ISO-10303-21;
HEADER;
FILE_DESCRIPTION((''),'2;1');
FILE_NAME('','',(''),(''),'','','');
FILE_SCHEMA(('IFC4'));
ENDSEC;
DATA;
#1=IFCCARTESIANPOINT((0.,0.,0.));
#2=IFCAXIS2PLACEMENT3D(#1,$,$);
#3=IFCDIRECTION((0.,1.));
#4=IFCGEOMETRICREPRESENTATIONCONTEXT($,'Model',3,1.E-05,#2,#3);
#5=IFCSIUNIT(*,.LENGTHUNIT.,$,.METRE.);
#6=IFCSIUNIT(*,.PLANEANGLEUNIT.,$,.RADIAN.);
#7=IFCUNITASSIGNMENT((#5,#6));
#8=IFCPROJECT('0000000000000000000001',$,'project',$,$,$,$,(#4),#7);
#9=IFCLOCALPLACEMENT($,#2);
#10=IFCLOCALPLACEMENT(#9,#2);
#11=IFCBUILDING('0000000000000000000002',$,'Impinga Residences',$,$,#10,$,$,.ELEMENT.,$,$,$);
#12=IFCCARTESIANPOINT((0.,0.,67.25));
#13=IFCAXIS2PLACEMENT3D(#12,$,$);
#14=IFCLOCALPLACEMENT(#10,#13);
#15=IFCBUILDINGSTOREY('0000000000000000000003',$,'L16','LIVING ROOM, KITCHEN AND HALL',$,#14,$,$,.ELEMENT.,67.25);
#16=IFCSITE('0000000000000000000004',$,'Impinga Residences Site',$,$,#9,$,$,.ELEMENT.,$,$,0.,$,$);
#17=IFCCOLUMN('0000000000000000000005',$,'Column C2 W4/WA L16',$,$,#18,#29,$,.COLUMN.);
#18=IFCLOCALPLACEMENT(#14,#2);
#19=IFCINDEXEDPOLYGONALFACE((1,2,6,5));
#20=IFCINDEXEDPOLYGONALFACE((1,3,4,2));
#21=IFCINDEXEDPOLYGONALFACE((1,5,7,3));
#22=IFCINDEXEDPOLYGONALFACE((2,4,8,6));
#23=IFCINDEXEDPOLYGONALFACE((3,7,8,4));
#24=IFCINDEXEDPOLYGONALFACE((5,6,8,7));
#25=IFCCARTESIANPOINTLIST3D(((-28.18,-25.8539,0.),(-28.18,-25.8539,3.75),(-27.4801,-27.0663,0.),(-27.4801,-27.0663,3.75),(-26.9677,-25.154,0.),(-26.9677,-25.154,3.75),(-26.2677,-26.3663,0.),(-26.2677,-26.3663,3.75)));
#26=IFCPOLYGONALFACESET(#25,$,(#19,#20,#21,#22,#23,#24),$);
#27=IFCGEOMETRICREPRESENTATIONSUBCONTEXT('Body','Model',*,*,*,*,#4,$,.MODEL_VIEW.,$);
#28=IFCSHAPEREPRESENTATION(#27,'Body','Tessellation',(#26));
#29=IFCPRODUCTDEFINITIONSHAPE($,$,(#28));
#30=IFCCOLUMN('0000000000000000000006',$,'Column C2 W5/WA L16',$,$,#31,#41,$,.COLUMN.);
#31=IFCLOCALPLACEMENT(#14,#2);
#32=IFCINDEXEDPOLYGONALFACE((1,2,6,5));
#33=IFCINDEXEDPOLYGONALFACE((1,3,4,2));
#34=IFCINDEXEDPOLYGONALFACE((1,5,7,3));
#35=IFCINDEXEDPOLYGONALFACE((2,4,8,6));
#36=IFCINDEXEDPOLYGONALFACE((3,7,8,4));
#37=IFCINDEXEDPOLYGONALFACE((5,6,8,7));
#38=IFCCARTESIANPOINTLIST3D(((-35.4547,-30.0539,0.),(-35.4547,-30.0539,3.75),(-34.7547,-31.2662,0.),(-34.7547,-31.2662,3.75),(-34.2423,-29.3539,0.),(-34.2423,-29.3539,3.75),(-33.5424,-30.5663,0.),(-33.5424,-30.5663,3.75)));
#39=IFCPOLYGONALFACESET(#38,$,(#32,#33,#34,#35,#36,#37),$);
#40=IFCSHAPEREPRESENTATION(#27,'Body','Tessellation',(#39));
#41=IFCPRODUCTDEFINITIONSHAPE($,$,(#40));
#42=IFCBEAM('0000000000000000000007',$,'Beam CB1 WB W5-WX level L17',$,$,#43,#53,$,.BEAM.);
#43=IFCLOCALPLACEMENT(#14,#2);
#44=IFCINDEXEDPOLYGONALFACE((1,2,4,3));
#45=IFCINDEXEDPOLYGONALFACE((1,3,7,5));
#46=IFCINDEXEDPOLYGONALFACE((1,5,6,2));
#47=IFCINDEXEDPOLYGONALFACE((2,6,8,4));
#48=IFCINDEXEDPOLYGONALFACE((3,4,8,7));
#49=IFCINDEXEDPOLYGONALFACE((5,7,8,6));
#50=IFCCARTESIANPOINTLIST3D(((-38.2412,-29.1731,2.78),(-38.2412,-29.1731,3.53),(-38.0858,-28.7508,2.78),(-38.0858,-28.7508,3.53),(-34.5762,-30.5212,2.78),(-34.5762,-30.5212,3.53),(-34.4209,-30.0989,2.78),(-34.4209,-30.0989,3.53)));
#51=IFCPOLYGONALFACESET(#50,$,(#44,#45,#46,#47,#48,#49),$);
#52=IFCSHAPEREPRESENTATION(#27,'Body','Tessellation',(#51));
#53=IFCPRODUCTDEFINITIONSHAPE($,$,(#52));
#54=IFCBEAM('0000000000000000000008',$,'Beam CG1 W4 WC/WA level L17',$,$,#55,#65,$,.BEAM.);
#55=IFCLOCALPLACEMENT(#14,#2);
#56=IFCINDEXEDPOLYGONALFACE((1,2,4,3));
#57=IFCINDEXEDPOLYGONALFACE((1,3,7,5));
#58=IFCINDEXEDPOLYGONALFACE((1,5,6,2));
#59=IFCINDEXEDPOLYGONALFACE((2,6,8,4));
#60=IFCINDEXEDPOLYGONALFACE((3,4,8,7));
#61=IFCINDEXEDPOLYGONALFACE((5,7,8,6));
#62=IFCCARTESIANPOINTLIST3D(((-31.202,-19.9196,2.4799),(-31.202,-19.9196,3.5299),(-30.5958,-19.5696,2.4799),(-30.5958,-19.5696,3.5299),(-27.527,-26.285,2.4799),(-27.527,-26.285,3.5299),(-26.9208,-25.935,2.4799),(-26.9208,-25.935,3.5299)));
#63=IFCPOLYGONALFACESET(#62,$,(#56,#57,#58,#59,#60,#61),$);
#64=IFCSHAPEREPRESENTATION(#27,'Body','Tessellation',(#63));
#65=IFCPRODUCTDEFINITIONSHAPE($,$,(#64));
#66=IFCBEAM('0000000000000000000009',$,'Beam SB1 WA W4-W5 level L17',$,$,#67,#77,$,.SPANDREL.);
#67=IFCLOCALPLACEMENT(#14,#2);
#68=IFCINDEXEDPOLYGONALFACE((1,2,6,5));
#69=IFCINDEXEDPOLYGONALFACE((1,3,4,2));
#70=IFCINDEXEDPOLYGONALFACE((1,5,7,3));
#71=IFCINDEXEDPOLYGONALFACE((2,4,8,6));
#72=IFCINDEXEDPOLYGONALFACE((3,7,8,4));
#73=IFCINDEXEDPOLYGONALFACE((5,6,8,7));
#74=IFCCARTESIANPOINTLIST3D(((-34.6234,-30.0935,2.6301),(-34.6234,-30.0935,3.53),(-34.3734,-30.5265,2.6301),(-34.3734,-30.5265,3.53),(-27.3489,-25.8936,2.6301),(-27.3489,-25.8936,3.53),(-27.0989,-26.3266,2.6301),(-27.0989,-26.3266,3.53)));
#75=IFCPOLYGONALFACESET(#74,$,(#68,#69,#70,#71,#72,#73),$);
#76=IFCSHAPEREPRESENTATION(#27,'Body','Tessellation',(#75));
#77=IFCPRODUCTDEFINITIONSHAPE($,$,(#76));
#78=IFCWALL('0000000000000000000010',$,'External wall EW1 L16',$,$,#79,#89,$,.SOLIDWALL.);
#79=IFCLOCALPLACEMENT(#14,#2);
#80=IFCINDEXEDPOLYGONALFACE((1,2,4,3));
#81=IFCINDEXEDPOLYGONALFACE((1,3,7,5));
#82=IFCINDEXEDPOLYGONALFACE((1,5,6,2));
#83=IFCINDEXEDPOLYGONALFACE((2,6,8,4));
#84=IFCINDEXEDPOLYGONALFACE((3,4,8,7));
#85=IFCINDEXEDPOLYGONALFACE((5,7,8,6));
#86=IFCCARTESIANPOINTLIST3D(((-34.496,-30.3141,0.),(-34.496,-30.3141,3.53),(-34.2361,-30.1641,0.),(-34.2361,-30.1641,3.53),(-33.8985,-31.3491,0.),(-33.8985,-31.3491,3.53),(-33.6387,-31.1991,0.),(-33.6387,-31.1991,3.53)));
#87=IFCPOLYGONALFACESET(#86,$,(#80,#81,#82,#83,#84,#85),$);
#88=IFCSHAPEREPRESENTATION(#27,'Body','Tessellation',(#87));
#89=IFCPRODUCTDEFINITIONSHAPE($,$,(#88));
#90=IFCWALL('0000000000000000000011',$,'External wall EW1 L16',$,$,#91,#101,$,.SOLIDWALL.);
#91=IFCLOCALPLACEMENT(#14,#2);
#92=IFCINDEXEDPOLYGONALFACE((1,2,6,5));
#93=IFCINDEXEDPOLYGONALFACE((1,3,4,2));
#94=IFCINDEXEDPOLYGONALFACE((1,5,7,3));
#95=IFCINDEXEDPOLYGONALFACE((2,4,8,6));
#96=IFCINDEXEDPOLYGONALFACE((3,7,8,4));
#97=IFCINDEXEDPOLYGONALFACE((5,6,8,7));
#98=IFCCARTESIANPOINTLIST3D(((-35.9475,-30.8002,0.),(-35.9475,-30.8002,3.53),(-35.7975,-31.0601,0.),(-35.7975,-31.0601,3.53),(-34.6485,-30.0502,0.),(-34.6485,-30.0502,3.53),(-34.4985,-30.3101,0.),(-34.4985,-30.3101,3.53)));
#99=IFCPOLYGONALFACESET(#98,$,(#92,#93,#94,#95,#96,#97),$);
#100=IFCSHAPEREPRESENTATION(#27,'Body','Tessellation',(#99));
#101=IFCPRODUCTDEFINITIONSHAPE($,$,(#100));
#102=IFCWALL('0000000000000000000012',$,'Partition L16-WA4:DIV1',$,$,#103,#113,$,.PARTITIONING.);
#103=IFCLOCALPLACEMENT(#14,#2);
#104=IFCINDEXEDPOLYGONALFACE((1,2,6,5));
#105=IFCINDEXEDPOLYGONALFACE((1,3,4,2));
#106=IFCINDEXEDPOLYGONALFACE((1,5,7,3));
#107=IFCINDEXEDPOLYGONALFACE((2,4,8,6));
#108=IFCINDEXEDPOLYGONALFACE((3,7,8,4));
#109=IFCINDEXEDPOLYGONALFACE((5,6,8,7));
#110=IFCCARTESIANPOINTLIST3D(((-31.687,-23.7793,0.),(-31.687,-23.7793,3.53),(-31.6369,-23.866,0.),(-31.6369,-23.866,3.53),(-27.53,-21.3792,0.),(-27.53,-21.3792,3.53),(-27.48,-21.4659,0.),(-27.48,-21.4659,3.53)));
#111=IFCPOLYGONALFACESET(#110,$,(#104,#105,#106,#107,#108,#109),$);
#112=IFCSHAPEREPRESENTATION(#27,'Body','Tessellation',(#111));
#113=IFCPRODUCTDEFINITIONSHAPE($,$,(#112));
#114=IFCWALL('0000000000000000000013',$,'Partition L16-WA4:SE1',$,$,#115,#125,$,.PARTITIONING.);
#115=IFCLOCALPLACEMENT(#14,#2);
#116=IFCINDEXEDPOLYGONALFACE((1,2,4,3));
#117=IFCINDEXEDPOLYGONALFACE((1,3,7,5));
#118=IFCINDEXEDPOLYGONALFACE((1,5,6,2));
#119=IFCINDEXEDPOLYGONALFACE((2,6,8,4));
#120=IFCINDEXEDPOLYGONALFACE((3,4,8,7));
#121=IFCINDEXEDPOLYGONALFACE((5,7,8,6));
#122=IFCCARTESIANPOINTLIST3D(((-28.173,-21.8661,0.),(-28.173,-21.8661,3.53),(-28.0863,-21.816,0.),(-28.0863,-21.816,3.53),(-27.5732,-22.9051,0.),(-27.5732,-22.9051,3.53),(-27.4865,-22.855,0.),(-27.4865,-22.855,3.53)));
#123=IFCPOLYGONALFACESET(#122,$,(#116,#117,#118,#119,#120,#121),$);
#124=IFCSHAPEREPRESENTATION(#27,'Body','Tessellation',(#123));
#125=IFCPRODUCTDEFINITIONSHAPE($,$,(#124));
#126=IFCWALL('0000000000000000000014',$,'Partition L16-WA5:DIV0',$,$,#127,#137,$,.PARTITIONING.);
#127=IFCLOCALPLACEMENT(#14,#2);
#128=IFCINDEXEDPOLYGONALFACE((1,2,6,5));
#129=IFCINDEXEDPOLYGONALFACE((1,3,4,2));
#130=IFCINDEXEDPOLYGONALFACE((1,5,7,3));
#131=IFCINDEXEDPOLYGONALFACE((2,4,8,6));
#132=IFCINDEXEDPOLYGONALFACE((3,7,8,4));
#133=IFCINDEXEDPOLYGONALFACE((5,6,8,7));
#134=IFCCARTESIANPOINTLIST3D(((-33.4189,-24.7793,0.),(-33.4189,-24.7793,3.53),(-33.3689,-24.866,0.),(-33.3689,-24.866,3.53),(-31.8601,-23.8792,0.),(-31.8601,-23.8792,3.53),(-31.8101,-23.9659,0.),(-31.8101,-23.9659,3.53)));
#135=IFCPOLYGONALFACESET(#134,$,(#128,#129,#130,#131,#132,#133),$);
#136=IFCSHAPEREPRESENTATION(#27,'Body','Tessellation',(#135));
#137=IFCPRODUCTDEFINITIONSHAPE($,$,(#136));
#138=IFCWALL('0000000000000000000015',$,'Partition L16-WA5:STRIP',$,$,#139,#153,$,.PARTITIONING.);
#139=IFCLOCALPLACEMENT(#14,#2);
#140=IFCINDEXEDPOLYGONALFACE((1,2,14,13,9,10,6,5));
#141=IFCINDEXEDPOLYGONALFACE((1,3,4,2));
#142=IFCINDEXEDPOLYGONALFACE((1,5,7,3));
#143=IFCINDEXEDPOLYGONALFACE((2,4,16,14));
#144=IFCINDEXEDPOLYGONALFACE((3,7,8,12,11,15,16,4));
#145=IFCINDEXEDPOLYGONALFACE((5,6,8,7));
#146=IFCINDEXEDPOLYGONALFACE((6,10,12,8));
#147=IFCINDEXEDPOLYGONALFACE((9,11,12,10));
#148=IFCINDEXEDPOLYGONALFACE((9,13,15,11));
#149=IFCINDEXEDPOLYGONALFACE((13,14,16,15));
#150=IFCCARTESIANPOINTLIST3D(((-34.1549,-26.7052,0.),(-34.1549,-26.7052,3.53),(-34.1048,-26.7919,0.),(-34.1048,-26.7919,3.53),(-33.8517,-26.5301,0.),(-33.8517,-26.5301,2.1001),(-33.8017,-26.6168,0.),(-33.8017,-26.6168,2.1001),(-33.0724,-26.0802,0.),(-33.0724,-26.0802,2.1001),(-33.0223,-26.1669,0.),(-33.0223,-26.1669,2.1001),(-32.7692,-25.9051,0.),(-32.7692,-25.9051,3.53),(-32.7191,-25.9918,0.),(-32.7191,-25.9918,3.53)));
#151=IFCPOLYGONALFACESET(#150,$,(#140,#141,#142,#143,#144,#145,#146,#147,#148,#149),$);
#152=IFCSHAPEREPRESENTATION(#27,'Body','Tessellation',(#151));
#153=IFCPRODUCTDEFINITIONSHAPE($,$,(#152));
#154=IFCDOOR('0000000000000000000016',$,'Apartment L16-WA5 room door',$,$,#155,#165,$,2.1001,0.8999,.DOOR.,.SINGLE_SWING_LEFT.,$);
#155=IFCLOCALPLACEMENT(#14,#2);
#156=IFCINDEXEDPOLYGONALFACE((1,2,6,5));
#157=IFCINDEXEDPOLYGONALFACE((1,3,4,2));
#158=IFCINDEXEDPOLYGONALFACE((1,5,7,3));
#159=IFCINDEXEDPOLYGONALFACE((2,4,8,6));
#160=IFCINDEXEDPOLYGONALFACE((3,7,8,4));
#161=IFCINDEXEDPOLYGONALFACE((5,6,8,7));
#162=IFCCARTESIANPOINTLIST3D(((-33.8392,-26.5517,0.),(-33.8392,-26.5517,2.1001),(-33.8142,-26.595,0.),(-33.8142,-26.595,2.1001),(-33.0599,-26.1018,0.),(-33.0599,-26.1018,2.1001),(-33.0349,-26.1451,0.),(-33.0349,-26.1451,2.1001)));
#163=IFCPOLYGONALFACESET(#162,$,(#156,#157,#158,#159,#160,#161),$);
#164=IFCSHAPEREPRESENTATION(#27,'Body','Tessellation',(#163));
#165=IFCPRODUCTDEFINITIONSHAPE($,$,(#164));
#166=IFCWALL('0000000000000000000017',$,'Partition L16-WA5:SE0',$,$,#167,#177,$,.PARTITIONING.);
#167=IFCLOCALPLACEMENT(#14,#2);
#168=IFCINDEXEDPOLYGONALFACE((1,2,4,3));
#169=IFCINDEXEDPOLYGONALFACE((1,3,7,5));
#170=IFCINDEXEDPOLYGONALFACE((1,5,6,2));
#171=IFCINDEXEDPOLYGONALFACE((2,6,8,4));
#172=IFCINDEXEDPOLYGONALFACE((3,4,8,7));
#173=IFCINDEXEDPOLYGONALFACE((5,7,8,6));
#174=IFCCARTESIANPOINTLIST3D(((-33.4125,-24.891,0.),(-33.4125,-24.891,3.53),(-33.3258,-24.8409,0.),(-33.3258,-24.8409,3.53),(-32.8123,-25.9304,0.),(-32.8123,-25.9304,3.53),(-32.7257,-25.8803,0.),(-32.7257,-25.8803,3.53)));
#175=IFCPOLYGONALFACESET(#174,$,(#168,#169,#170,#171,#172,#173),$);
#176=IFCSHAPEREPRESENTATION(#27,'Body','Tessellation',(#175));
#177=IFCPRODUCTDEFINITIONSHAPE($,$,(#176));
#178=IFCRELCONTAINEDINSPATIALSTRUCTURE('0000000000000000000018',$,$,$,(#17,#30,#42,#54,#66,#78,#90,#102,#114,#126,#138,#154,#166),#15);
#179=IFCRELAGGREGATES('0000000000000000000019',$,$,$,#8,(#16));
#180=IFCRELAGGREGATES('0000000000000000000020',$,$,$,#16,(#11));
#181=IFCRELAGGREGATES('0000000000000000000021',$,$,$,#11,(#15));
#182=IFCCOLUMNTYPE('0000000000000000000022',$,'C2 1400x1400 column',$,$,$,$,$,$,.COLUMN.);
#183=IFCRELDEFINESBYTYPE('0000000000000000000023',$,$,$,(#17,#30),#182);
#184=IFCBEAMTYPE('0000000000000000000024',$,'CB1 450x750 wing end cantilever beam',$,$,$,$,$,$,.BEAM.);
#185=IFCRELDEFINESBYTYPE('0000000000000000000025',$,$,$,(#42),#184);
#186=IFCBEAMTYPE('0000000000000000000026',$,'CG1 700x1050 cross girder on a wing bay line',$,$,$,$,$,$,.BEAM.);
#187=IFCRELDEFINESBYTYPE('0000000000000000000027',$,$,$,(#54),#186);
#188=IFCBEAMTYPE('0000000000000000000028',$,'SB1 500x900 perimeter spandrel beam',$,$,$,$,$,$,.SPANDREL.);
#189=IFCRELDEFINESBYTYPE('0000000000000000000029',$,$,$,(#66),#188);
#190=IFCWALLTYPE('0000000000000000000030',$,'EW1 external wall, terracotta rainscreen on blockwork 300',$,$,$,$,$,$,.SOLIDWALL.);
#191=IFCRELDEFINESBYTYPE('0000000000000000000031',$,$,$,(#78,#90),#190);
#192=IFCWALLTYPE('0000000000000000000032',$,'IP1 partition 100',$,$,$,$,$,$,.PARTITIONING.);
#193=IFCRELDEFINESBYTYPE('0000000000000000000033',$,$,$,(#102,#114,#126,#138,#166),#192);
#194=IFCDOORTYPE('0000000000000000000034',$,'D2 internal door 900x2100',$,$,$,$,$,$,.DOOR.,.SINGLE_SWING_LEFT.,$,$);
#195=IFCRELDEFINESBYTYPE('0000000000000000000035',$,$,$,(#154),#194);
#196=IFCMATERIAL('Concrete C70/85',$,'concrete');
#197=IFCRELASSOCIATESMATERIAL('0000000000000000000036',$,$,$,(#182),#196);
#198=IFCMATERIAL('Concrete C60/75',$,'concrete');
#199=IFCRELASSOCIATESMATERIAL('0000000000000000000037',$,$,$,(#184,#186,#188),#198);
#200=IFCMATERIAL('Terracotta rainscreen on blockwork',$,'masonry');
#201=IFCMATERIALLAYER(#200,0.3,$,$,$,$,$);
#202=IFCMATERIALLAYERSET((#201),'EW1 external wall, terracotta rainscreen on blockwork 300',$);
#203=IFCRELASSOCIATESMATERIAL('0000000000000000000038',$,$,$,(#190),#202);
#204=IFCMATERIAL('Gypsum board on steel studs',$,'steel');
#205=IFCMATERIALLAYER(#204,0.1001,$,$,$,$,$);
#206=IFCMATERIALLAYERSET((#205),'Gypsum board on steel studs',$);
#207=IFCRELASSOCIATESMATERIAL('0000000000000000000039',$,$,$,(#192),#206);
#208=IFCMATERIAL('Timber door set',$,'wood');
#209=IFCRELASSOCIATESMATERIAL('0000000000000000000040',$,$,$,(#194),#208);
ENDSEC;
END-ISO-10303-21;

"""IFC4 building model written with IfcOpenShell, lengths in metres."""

from ifc_helpers import new_model, si_unit, direction, frame, frame_2d, origin, origin_2d, place, context, subcontext, project, spatial, rectangle, extrude, material, layer, layer_set, material_profile, profile_set, type_object, element, fill, save


model = new_model("IFC4")

# Units and contexts
model_context = context("Model", 3, precision=1e-05, world=origin(), true_north=direction((0.0, 1.0)))
body_context = subcontext(model_context, "Body", "Model", "MODEL_VIEW")
ifc_project = project(units=[si_unit("LENGTHUNIT", "METRE"), si_unit("PLANEANGLEUNIT", "RADIAN")], contexts=[model_context])

# Site, building, storey
site_placement = place(None, origin())
site = spatial("IfcSite", under=ifc_project, at=site_placement, Name="Impinga Residences Site", CompositionType="ELEMENT", RefElevation=0.0)
building_placement = place(site_placement, origin())
building = spatial("IfcBuilding", under=site, at=building_placement, Name="Impinga Residences", CompositionType="ELEMENT")
storey_placement = place(building_placement, frame((0.0, 0.0, 67.25)))
storey = spatial("IfcBuildingStorey", under=building, at=storey_placement, Name="L16", Description="LIVING ROOM, KITCHEN AND HALL", CompositionType="ELEMENT", Elevation=67.25)

# Columns
ifc_material_1 = material(Name="Concrete C70/85", Category="concrete")
ifc_material_profile_1 = material_profile(ifc_material_1, rectangle(XDim=1.3999, YDim=1.3999, at=origin_2d()), Name="RC 1400x1400")
ifc_profile_set_1 = profile_set([ifc_material_profile_1], Name="Concrete C70/85")
column_type = type_object("IfcColumnType", Name="C2 1400x1400 column", PredefinedType="COLUMN", material=ifc_profile_set_1)
for number, where, z_axis, x_axis, name in (
    (1, (-27.2239, -26.1101, 0.0), (0.0, 0.0, 1.0), (-0.5, 0.866025, 0.0), "Column C2 W4/WA L16"),
    (2, (-34.4985, -30.3101, 0.0), (0.0, 0.0, 1.0), (-0.5, 0.866025, 0.0), "Column C2 W5/WA L16"),
):
    element("IfcColumn", number, at=place(storey_placement, frame(where, z_axis=z_axis, x_axis=x_axis)), inside=storey, type_object=column_type, Name=name, PredefinedType="COLUMN", context=body_context, shape_type="SweptSolid", body=[
        extrude(rectangle(XDim=1.3999, YDim=1.3999, at=origin_2d()), origin(), (0.0, 0.0, 1.0), 3.75),
    ])

# Beams
ifc_material_2 = material(Name="Concrete C60/75", Category="concrete")
ifc_material_profile_2 = material_profile(ifc_material_2, rectangle(XDim=0.45, YDim=0.75, at=origin_2d()), Name="RC 450x750")
ifc_profile_set_2 = profile_set([ifc_material_profile_2], Name="Concrete C60/75")
beam_type_1 = type_object("IfcBeamType", Name="CB1 450x750 wing end cantilever beam", PredefinedType="BEAM", material=ifc_profile_set_2)
beam_1_placement = place(storey_placement, frame((-34.4985, -30.3101, 3.155), z_axis=(-0.93852, 0.345224, 0.0), x_axis=(-0.345224, -0.93852, 0.0)))
element("IfcBeam", 3, at=beam_1_placement, inside=storey, type_object=beam_type_1, Name="Beam CB1 WB W5-WX level L17", PredefinedType="BEAM", context=body_context, shape_type="SweptSolid", body=[
    extrude(rectangle(XDim=0.45, YDim=0.75, at=origin_2d()), origin(), (0.0, 0.0, 1.0), 3.905),
])
ifc_material_profile_3 = material_profile(ifc_material_2, rectangle(XDim=0.7, YDim=1.05, at=origin_2d()), Name="RC 700x1050")
ifc_profile_set_3 = profile_set([ifc_material_profile_3], Name="Concrete C60/75")
beam_type_2 = type_object("IfcBeamType", Name="CG1 700x1050 cross girder on a wing bay line", PredefinedType="BEAM", material=ifc_profile_set_3)
beam_2_placement = place(storey_placement, frame((-30.8989, -19.7446, 3.0049), z_axis=(0.499994, -0.866029, 0.0), x_axis=(0.866029, 0.499994, 0.0)))
element("IfcBeam", 4, at=beam_2_placement, inside=storey, type_object=beam_type_2, Name="Beam CG1 W4 WC/WA level L17", PredefinedType="BEAM", context=body_context, shape_type="SweptSolid", body=[
    extrude(rectangle(XDim=0.7, YDim=1.05, at=origin_2d()), origin(), (0.0, 0.0, 1.0), 7.3501),
])
ifc_material_profile_4 = material_profile(ifc_material_2, rectangle(XDim=0.5, YDim=0.8999, at=origin_2d()), Name="RC 500x900")
ifc_profile_set_4 = profile_set([ifc_material_profile_4], Name="Concrete C60/75")
beam_type_3 = type_object("IfcBeamType", Name="SB1 500x900 perimeter spandrel beam", PredefinedType="SPANDREL", material=ifc_profile_set_4)
beam_3_placement = place(storey_placement, frame((-27.2239, -26.1101, 3.0801), z_axis=(-0.866029, -0.499993, 0.0), x_axis=(0.499993, -0.866029, 0.0)))
element("IfcBeam", 5, at=beam_3_placement, inside=storey, type_object=beam_type_3, Name="Beam SB1 WA W4-W5 level L17", PredefinedType="SPANDREL", context=body_context, shape_type="SweptSolid", body=[
    extrude(rectangle(XDim=0.5, YDim=0.8999, at=origin_2d()), origin(), (0.0, 0.0, 1.0), 8.3999),
])

# Walls
ifc_material_3 = material(Name="Terracotta rainscreen on blockwork", Category="masonry")
ifc_layer_1 = layer(ifc_material_3, 0.3)
ifc_layer_set_1 = layer_set([ifc_layer_1], Name="EW1 external wall, terracotta rainscreen on blockwork 300")
wall_type_1 = type_object("IfcWallType", Name="EW1 external wall, terracotta rainscreen on blockwork 300", PredefinedType="SOLIDWALL", material=ifc_layer_set_1)
wall_1_placement = place(storey_placement, frame((-33.7686, -31.2742, 0.0), z_axis=(0.0, 0.0, 1.0), x_axis=(-0.499941, 0.86606, 0.0)))
element("IfcWall", 6, at=wall_1_placement, inside=storey, type_object=wall_type_1, Name="External wall EW1 L16", PredefinedType="SOLIDWALL", context=body_context, shape_type="SweptSolid", body=[
    extrude(rectangle(XDim=1.1951, YDim=0.3, at=frame_2d((0.5977, 0.0))), origin(), (0.0, 0.0, 1.0), 3.53),
])
wall_2_placement = place(storey_placement, frame((-34.5735, -30.1802, 0.0), z_axis=(0.0, 0.0, 1.0), x_axis=(-0.866031, -0.49999, 0.0)))
element("IfcWall", 7, at=wall_2_placement, inside=storey, type_object=wall_type_1, Name="External wall EW1 L16", PredefinedType="SOLIDWALL", context=body_context, shape_type="SweptSolid", body=[
    extrude(rectangle(XDim=1.5, YDim=0.3, at=frame_2d((0.75, 0.0))), origin(), (0.0, 0.0, 1.0), 3.53),
])
ifc_material_4 = material(Name="Gypsum board on steel studs", Category="steel")
ifc_layer_2 = layer(ifc_material_4, 0.1001)
ifc_layer_set_2 = layer_set([ifc_layer_2], Name="Gypsum board on steel studs")
wall_type_2 = type_object("IfcWallType", Name="IP1 partition 100", PredefinedType="PARTITIONING", material=ifc_layer_set_2)
wall_3_placement = place(storey_placement, frame((-27.5051, -21.4226, 0.0), z_axis=(0.0, 0.0, 1.0), x_axis=(-0.866015, -0.500017, 0.0)))
element("IfcWall", 8, at=wall_3_placement, inside=storey, type_object=wall_type_2, Name="Partition L16-WA4:DIV1", PredefinedType="PARTITIONING", context=body_context, shape_type="SweptSolid", body=[
    extrude(rectangle(XDim=4.8, YDim=0.1001, at=frame_2d((2.3999, 0.0))), origin(), (0.0, 0.0, 1.0), 3.53),
])
wall_4_placement = place(storey_placement, frame((-28.1296, -21.8411, 0.0), z_axis=(0.0, 0.0, 1.0), x_axis=(0.499969, -0.866043, 0.0)))
element("IfcWall", 9, at=wall_4_placement, inside=storey, type_object=wall_type_2, Name="Partition L16-WA4:SE1", PredefinedType="PARTITIONING", context=body_context, shape_type="SweptSolid", body=[
    extrude(rectangle(XDim=1.1997, YDim=0.1001, at=frame_2d((0.5999, 0.0))), origin(), (0.0, 0.0, 1.0), 3.53),
])
wall_5_placement = place(storey_placement, frame((-31.8352, -23.9226, 0.0), z_axis=(0.0, 0.0, 1.0), x_axis=(-0.865989, -0.500063, 0.0)))
element("IfcWall", 10, at=wall_5_placement, inside=storey, type_object=wall_type_2, Name="Partition L16-WA5:DIV0", PredefinedType="PARTITIONING", context=body_context, shape_type="SweptSolid", body=[
    extrude(rectangle(XDim=1.8, YDim=0.1001, at=frame_2d((0.8999, 0.0))), origin(), (0.0, 0.0, 1.0), 3.53),
])

# Wall, opening, door
wall_6_placement = place(storey_placement, frame((-32.7441, -25.9485, 0.0), z_axis=(0.0, 0.0, 1.0), x_axis=(-0.866028, -0.499995, 0.0)))
wall_6 = element("IfcWall", 11, at=wall_6_placement, inside=storey, type_object=wall_type_2, Name="Partition L16-WA5:STRIP", PredefinedType="PARTITIONING", context=body_context, shape_type="SweptSolid", body=[
    extrude(rectangle(XDim=1.6001, YDim=0.1001, at=frame_2d((0.8, 0.0))), origin(), (0.0, 0.0, 1.0), 3.53),
])
opening_placement = place(wall_6_placement, frame((0.3501, 0.0, 0.0)))
opening = element("IfcOpeningElement", 12, at=opening_placement, cuts=wall_6, PredefinedType="OPENING", context=body_context, shape_type="SweptSolid", body=[
    extrude(rectangle(XDim=0.8999, YDim=2.1001, at=frame_2d((0.45, 1.05))), frame((0.0, 0.0601, 0.0), z_axis=(0.0, -1.0, 0.0), x_axis=(1.0, 0.0, 0.0)), (0.0, 0.0, 1.0), 0.1201),
])
ifc_material_5 = material(Name="Timber door set", Category="wood")
door_type = type_object("IfcDoorType", Name="D2 internal door 900x2100", OperationType="SINGLE_SWING_LEFT", PredefinedType="DOOR", material=ifc_material_5)
door_placement = place(opening_placement, origin())
door = element("IfcDoor", 13, at=door_placement, inside=storey, type_object=door_type, Name="Apartment L16-WA5 room door", OperationType="SINGLE_SWING_LEFT", OverallHeight=2.1001, OverallWidth=0.8999, PredefinedType="DOOR", context=body_context, shape_type="SweptSolid", body=[
    extrude(rectangle(XDim=0.8999, YDim=2.1001, at=frame_2d((0.45, 1.05))), frame((0.0, 0.0249, 0.0), z_axis=(0.0, -1.0, 0.0), x_axis=(1.0, 0.0, 0.0)), (0.0, 0.0, 1.0), 0.05),
])
fill(opening, door)

# Wall
for number, where, z_axis, x_axis, name in (
    (14, (-33.3691, -24.866, 0.0), (0.0, 0.0, 1.0), (0.500034, -0.866006, 0.0), "Partition L16-WA5:SE0"),
):
    element("IfcWall", number, at=place(storey_placement, frame(where, z_axis=z_axis, x_axis=x_axis)), inside=storey, type_object=wall_type_2, Name=name, PredefinedType="PARTITIONING", context=body_context, shape_type="SweptSolid", body=[
        extrude(rectangle(XDim=1.2002, YDim=0.1001, at=frame_2d((0.6001, 0.0))), origin(), (0.0, 0.0, 1.0), 3.53),
    ])

save(model, "model.ifc")
